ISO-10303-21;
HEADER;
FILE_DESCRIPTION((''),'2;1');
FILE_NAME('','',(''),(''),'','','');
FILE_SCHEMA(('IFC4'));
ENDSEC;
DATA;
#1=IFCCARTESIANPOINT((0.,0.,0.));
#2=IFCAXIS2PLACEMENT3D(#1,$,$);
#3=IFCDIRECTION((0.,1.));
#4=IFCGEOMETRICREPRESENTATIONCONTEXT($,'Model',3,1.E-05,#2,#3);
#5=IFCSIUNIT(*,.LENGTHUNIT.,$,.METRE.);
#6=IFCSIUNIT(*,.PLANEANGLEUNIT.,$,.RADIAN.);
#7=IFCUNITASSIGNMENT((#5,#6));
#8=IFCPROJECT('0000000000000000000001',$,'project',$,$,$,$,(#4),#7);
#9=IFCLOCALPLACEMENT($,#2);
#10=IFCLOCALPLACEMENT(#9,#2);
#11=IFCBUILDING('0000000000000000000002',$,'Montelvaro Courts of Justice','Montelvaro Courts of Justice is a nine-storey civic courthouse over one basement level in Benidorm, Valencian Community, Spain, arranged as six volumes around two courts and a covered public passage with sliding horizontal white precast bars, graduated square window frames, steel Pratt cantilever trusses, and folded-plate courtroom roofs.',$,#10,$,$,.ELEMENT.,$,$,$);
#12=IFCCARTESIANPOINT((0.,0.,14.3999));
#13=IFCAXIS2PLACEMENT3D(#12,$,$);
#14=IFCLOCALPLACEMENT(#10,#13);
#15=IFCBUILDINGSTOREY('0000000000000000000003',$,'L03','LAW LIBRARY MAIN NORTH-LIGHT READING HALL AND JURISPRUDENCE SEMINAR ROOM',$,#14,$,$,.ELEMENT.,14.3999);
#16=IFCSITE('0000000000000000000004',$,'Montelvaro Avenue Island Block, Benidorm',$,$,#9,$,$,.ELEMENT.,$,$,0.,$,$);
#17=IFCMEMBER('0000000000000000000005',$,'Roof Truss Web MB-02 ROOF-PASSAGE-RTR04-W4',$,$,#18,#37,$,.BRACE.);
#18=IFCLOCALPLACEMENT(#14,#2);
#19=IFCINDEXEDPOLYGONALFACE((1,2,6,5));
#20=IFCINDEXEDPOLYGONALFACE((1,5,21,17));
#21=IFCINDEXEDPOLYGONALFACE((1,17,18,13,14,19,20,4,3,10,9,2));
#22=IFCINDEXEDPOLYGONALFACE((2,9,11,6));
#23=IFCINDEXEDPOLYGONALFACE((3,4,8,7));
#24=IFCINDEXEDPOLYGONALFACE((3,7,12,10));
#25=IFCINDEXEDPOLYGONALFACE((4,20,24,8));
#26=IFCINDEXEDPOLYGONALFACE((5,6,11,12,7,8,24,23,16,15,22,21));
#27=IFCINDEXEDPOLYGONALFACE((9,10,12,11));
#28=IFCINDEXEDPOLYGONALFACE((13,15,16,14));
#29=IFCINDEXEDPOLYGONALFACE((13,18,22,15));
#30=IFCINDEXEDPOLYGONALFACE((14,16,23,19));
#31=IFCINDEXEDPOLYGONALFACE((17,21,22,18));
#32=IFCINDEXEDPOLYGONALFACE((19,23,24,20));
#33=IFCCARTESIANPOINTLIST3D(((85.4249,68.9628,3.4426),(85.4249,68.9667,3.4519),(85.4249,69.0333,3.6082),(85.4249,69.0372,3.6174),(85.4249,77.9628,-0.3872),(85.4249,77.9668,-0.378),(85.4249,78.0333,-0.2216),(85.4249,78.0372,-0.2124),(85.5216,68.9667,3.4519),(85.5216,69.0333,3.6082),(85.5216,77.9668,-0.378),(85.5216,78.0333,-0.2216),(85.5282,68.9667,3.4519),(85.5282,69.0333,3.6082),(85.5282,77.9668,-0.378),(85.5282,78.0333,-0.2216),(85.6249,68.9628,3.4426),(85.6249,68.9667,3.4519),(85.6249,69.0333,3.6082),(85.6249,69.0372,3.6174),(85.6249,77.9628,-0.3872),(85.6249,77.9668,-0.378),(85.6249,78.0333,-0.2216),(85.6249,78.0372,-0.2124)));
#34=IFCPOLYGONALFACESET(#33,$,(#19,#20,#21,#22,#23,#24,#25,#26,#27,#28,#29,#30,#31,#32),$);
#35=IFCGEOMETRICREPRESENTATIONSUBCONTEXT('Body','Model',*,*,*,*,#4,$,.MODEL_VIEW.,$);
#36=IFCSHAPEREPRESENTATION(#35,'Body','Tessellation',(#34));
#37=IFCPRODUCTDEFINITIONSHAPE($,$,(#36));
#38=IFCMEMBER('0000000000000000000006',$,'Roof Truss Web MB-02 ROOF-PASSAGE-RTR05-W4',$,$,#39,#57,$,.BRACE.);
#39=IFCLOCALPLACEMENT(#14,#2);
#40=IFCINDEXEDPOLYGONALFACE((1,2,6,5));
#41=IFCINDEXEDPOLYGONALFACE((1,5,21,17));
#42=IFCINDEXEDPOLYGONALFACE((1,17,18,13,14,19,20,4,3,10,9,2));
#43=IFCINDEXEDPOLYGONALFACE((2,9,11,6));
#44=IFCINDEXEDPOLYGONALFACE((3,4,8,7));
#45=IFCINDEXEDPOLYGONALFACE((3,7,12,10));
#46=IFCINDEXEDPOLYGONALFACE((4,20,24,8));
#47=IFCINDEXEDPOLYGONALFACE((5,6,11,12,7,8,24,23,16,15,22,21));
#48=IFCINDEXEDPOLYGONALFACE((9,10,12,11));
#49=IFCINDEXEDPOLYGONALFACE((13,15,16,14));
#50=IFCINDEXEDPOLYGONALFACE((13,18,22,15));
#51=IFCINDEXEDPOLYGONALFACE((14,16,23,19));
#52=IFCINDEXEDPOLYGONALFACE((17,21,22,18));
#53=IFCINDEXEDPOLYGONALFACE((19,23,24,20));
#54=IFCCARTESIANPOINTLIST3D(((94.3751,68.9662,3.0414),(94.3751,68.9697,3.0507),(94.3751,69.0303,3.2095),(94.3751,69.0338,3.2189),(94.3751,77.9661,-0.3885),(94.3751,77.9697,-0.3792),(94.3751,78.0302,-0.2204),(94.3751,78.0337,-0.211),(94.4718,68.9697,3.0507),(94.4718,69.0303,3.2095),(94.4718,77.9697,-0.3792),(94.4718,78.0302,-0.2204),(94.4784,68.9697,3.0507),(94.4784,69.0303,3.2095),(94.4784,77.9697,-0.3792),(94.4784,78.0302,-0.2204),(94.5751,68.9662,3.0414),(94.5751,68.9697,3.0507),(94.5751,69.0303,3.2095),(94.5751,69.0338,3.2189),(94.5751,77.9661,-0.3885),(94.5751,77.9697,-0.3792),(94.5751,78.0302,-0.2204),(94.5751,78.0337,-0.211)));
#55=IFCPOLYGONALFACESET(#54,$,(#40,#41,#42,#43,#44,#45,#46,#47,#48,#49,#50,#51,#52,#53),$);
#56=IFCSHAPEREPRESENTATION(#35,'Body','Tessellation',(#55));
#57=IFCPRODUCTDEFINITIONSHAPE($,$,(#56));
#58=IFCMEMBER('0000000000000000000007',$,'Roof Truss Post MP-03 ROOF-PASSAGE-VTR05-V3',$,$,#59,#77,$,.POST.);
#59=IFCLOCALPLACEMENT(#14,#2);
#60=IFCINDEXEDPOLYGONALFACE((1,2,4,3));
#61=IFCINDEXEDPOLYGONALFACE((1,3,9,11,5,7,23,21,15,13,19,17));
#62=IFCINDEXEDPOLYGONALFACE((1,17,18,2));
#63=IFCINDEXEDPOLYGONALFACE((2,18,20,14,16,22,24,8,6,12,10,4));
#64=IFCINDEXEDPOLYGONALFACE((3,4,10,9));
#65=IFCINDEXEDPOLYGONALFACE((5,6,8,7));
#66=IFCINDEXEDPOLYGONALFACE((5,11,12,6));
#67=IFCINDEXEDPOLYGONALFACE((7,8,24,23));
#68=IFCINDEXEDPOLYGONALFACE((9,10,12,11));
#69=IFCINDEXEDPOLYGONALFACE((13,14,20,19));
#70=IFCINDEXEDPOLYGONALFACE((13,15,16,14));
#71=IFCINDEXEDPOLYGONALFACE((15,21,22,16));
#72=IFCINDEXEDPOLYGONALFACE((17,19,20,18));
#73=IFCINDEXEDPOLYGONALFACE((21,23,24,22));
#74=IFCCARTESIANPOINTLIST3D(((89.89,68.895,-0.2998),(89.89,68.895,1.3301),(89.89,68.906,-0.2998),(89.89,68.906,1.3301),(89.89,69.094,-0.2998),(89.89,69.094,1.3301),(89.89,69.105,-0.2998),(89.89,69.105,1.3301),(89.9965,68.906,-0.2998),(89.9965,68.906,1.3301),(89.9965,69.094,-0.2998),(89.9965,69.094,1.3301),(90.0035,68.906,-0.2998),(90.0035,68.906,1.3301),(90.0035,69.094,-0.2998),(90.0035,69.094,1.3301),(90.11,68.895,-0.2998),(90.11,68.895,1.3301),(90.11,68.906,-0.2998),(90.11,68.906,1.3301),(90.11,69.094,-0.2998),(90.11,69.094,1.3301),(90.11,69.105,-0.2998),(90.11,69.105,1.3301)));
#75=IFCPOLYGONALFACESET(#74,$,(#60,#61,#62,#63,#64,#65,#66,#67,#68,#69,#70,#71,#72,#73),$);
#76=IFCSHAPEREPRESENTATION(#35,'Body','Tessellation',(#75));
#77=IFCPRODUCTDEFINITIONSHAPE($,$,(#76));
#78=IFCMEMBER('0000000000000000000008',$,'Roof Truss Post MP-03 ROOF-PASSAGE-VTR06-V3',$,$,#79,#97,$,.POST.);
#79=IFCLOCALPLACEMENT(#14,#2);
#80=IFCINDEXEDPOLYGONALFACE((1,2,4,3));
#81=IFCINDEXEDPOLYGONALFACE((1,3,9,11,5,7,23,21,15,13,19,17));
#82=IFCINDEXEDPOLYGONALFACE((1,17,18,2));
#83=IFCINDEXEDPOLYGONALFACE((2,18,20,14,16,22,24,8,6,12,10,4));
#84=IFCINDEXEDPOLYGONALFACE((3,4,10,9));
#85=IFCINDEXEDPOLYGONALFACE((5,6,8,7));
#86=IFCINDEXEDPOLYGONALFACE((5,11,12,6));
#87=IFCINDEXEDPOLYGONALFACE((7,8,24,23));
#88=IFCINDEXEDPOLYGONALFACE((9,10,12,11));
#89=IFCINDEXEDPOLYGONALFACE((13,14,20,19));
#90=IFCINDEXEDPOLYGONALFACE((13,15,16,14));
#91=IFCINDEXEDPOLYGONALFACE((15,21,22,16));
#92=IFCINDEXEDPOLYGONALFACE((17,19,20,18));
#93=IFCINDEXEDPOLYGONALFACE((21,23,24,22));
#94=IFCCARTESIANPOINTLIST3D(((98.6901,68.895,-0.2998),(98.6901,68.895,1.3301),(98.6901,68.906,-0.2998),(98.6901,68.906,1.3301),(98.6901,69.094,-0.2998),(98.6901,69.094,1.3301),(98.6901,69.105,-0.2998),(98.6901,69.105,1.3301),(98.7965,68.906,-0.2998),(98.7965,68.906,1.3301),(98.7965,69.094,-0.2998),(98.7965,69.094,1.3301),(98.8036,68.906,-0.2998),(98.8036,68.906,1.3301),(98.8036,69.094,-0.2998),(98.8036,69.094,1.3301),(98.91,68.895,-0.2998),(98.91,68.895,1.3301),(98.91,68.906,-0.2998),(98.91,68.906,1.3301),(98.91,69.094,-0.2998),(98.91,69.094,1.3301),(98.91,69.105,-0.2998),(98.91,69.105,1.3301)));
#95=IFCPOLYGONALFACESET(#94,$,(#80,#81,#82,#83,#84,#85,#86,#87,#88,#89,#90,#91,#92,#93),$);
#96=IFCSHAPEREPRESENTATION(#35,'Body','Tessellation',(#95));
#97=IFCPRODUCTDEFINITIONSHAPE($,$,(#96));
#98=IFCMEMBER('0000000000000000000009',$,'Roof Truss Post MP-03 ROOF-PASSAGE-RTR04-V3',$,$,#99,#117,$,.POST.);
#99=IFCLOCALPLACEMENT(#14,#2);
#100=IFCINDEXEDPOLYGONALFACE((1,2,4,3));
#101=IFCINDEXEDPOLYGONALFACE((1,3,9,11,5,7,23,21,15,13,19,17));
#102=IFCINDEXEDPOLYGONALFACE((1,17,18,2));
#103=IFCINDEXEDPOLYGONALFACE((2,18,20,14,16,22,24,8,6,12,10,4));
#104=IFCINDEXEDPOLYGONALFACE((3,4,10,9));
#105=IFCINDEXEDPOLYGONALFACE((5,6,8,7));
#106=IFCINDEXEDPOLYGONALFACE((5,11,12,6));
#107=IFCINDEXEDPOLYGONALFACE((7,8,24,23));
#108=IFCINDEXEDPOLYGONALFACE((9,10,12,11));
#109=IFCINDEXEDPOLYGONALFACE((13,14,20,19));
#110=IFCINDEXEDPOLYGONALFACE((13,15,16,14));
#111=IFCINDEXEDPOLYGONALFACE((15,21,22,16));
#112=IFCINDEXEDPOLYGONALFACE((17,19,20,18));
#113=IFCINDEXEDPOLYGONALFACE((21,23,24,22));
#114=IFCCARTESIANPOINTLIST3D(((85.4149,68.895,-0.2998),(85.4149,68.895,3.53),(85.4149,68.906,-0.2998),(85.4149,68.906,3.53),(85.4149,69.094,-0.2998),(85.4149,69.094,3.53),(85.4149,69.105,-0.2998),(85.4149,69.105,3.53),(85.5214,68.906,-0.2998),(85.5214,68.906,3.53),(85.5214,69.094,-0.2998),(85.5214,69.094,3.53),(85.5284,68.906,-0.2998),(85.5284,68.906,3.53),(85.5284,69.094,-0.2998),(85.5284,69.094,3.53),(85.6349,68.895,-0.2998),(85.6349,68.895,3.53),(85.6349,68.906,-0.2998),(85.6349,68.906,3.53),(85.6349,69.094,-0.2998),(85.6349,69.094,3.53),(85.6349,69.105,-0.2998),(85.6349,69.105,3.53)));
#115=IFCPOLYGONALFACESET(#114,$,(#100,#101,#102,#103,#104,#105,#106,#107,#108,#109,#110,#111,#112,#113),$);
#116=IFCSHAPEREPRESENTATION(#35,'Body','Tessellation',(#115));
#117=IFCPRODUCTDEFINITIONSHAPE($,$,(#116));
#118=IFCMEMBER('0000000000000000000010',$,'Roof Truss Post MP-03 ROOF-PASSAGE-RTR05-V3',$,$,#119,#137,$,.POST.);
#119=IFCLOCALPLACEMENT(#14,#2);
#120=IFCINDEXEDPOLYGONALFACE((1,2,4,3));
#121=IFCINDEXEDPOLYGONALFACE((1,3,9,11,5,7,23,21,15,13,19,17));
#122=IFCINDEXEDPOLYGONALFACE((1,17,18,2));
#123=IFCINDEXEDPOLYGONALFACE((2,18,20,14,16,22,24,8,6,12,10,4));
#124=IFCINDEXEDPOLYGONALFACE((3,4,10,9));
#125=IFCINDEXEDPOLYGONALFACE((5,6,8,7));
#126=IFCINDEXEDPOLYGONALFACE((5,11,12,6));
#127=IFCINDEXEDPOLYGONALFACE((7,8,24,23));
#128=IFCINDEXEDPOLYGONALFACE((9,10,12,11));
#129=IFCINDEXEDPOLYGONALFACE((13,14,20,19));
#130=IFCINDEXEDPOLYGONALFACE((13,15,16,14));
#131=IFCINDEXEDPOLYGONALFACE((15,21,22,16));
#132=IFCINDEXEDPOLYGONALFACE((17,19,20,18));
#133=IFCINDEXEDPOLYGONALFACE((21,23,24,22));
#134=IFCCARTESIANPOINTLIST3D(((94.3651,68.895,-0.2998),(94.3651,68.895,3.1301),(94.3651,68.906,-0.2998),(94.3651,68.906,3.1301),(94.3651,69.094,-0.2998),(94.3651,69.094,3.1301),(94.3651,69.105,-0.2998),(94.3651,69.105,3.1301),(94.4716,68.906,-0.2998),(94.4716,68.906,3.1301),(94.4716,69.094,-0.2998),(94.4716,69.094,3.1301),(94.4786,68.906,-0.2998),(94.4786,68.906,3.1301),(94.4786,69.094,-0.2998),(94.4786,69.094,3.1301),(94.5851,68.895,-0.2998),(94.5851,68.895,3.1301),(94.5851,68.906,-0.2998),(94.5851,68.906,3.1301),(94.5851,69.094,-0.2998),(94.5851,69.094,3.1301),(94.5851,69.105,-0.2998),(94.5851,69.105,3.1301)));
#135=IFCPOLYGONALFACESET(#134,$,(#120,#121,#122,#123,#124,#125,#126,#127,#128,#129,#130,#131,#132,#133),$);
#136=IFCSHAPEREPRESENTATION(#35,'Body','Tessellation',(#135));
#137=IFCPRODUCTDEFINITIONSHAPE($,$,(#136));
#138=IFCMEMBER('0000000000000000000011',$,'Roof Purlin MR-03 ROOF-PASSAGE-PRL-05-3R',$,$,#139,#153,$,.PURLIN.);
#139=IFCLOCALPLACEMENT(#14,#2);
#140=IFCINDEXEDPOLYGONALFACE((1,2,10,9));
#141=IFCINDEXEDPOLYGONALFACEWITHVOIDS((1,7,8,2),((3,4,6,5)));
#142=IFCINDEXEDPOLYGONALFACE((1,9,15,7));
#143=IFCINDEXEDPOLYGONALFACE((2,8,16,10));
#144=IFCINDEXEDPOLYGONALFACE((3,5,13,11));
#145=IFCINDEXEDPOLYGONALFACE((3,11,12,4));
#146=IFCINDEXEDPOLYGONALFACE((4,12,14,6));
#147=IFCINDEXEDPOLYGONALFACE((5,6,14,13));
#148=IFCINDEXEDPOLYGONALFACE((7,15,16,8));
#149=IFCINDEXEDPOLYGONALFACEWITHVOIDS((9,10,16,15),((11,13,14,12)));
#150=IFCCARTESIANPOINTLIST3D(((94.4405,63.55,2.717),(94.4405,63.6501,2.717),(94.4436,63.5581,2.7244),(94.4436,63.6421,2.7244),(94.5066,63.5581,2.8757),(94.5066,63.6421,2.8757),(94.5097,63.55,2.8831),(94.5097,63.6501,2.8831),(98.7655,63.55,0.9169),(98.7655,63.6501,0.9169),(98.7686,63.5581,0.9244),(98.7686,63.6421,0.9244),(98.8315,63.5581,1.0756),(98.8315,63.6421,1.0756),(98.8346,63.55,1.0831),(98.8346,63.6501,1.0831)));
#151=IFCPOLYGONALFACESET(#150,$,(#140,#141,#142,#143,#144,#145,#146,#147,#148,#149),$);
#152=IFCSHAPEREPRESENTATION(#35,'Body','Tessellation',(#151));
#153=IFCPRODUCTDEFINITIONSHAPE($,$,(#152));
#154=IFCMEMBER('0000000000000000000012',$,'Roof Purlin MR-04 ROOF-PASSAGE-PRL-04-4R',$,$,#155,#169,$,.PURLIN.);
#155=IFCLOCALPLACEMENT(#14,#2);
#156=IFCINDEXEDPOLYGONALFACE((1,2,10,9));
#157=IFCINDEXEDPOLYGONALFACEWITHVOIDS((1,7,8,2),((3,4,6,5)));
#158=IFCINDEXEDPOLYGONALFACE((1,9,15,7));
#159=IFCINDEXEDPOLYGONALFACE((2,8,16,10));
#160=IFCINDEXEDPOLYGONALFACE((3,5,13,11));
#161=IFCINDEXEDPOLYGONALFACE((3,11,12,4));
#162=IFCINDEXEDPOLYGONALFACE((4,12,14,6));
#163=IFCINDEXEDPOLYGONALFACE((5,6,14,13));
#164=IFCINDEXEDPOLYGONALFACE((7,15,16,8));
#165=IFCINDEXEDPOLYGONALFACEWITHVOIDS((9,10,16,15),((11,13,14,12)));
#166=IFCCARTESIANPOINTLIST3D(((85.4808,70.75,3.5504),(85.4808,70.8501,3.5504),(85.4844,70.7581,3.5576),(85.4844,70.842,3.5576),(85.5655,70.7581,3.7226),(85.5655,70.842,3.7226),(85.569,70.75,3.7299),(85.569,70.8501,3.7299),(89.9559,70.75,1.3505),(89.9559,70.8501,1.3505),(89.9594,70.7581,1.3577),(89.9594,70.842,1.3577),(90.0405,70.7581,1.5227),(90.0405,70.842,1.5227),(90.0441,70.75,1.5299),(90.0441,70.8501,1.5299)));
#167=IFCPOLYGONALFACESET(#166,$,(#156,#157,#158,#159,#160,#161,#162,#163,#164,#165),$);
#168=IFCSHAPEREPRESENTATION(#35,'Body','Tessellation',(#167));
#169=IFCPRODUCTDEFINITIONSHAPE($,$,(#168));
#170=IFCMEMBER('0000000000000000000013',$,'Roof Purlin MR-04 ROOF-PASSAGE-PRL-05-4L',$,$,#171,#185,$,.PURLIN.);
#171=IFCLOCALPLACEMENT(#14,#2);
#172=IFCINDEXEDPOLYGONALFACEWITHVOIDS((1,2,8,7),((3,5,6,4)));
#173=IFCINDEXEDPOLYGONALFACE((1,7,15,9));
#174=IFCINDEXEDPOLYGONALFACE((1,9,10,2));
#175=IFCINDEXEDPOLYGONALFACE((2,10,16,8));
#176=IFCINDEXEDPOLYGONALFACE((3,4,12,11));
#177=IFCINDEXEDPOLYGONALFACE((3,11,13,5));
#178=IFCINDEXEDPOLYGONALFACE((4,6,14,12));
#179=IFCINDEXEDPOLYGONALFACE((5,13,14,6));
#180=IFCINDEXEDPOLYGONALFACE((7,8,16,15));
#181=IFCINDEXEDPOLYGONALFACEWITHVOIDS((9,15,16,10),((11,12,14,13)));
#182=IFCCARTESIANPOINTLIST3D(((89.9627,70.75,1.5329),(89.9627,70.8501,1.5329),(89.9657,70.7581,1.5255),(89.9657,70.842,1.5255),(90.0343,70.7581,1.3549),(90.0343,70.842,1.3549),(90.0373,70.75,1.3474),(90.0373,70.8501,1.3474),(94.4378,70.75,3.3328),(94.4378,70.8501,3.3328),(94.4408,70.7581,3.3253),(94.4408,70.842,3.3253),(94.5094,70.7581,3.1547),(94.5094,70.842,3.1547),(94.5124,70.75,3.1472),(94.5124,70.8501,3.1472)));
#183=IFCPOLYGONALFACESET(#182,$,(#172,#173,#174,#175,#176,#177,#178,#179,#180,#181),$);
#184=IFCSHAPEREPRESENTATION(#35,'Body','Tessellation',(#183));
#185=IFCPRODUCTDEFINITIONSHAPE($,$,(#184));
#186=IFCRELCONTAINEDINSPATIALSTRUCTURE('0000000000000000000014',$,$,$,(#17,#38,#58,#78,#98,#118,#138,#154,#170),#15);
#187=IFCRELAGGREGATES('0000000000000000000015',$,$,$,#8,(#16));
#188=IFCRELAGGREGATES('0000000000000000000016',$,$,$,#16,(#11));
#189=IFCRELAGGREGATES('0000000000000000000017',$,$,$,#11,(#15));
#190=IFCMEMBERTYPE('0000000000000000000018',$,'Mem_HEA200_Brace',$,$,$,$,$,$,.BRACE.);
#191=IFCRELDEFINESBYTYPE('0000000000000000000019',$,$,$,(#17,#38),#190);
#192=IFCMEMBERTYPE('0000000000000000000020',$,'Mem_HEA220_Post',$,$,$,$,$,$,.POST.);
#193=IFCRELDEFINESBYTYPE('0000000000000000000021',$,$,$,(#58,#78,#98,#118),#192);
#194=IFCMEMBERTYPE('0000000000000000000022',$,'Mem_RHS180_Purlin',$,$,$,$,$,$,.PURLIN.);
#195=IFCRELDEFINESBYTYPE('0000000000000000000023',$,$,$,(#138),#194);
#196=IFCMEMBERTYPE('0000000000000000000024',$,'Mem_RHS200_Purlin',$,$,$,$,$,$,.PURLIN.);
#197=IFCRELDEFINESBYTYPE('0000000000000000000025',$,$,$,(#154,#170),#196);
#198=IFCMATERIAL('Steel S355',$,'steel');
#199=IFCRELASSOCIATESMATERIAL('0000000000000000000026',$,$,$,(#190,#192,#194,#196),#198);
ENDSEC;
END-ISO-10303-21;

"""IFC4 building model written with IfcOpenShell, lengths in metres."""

from ifc_helpers import new_model, si_unit, direction, frame, origin, origin_2d, place, context, subcontext, project, spatial, hollow_rectangle, i_section, extrude, material, material_profile, profile_set, type_object, element, save


model = new_model("IFC4")

# Units and contexts
model_context = context("Model", 3, precision=1e-05, world=origin(), true_north=direction((0.0, 1.0)))
body_context = subcontext(model_context, "Body", "Model", "MODEL_VIEW")
ifc_project = project(units=[si_unit("LENGTHUNIT", "METRE"), si_unit("PLANEANGLEUNIT", "RADIAN")], contexts=[model_context])

# Site, building, storey
site_placement = place(None, origin())
site = spatial("IfcSite", under=ifc_project, at=site_placement, Name="Montelvaro Avenue Island Block, Benidorm", CompositionType="ELEMENT", RefElevation=0.0)
building_placement = place(site_placement, origin())
building = spatial("IfcBuilding", under=site, at=building_placement, Name="Montelvaro Courts of Justice", Description="Montelvaro Courts of Justice is a nine-storey civic courthouse over one basement level in Benidorm, Valencian Community, Spain, arranged as six volumes around two courts and a covered public passage with sliding horizontal white precast bars, graduated square window frames, steel Pratt cantilever trusses, and folded-plate courtroom roofs.", CompositionType="ELEMENT")
storey_placement = place(building_placement, frame((0.0, 0.0, 14.3999)))
storey = spatial("IfcBuildingStorey", under=building, at=storey_placement, Name="L03", Description="LAW LIBRARY MAIN NORTH-LIGHT READING HALL AND JURISPRUDENCE SEMINAR ROOM", CompositionType="ELEMENT", Elevation=14.3999)

# Shared definitions
ifc_material_1 = material(Name="Steel S355", Category="steel")

# Members
ifc_material_profile_1 = material_profile(ifc_material_1, i_section(OverallWidth=0.2, OverallDepth=0.1899, WebThickness=0.0066, FlangeThickness=0.01, at=origin_2d()), Name="HEA 200")
ifc_profile_set_1 = profile_set([ifc_material_profile_1], Name="Steel S355")
member_type_1 = type_object("IfcMemberType", Name="Mem_HEA200_Brace", PredefinedType="BRACE", material=ifc_profile_set_1)
member_1_placement = place(storey_placement, frame((85.5249, 69.0, 3.53), z_axis=(0.0, 0.920153, -0.391559), x_axis=(-1.0, 0.0, 0.0)))
element("IfcMember", 1, at=member_1_placement, inside=storey, type_object=member_type_1, Name="Roof Truss Web MB-02 ROOF-PASSAGE-RTR04-W4", PredefinedType="BRACE", context=body_context, shape_type="SweptSolid", body=[
    extrude(i_section(OverallWidth=0.2, OverallDepth=0.1899, WebThickness=0.0066, FlangeThickness=0.01, at=origin_2d()), origin(), (0.0, 0.0, 1.0), 9.781),
])
member_2_placement = place(storey_placement, frame((94.4751, 69.0, 3.1301), z_axis=(0.0, 0.934441, -0.356119), x_axis=(-1.0, 0.0, 0.0)))
element("IfcMember", 2, at=member_2_placement, inside=storey, type_object=member_type_1, Name="Roof Truss Web MB-02 ROOF-PASSAGE-RTR05-W4", PredefinedType="BRACE", context=body_context, shape_type="SweptSolid", body=[
    extrude(i_section(OverallWidth=0.2, OverallDepth=0.1899, WebThickness=0.0066, FlangeThickness=0.01, at=origin_2d()), origin(), (0.0, 0.0, 1.0), 9.6313),
])
ifc_material_profile_2 = material_profile(ifc_material_1, i_section(OverallWidth=0.22, OverallDepth=0.21, WebThickness=0.0071, FlangeThickness=0.011, at=origin_2d()), Name="HEA 220")
ifc_profile_set_2 = profile_set([ifc_material_profile_2], Name="Steel S355")
member_type_2 = type_object("IfcMemberType", Name="Mem_HEA220_Post", PredefinedType="POST", material=ifc_profile_set_2)
for number, where, z_axis, x_axis, name in (
    (3, (90.0, 69.0, -0.2998), (0.0, 0.0, 1.0), (1.0, 0.0, 0.0), "Roof Truss Post MP-03 ROOF-PASSAGE-VTR05-V3"),
    (4, (98.8, 69.0, -0.2998), (0.0, 0.0, 1.0), (1.0, 0.0, 0.0), "Roof Truss Post MP-03 ROOF-PASSAGE-VTR06-V3"),
):
    element("IfcMember", number, at=place(storey_placement, frame(where, z_axis=z_axis, x_axis=x_axis)), inside=storey, type_object=member_type_2, Name=name, PredefinedType="POST", context=body_context, shape_type="SweptSolid", body=[
        extrude(i_section(OverallWidth=0.22, OverallDepth=0.21, WebThickness=0.0071, FlangeThickness=0.011, at=origin_2d()), origin(), (0.0, 0.0, 1.0), 1.6299),
    ])
member_3_placement = place(storey_placement, frame((85.5249, 69.0, -0.2998), z_axis=(0.0, 0.0, 1.0), x_axis=(1.0, 0.0, 0.0)))
element("IfcMember", 5, at=member_3_placement, inside=storey, type_object=member_type_2, Name="Roof Truss Post MP-03 ROOF-PASSAGE-RTR04-V3", PredefinedType="POST", context=body_context, shape_type="SweptSolid", body=[
    extrude(i_section(OverallWidth=0.22, OverallDepth=0.21, WebThickness=0.0071, FlangeThickness=0.011, at=origin_2d()), origin(), (0.0, 0.0, 1.0), 3.8298),
])
member_4_placement = place(storey_placement, frame((94.4751, 69.0, -0.2998), z_axis=(0.0, 0.0, 1.0), x_axis=(1.0, 0.0, 0.0)))
element("IfcMember", 6, at=member_4_placement, inside=storey, type_object=member_type_2, Name="Roof Truss Post MP-03 ROOF-PASSAGE-RTR05-V3", PredefinedType="POST", context=body_context, shape_type="SweptSolid", body=[
    extrude(i_section(OverallWidth=0.22, OverallDepth=0.21, WebThickness=0.0071, FlangeThickness=0.011, at=origin_2d()), origin(), (0.0, 0.0, 1.0), 3.4299),
])
ifc_material_profile_3 = material_profile(ifc_material_1, hollow_rectangle(XDim=0.1001, YDim=0.1799, WallThickness=0.0081, at=origin_2d()), Name="RHS 180x100x8")
ifc_profile_set_3 = profile_set([ifc_material_profile_3], Name="Steel S355")
member_type_3 = type_object("IfcMemberType", Name="Mem_RHS180_Purlin", PredefinedType="PURLIN", material=ifc_profile_set_3)
member_5_placement = place(storey_placement, frame((94.4751, 63.6001, 2.8), z_axis=(0.923229, 0.0, -0.384249), x_axis=(0.0, 1.0, 0.0)))
element("IfcMember", 7, at=member_5_placement, inside=storey, type_object=member_type_3, Name="Roof Purlin MR-03 ROOF-PASSAGE-PRL-05-3R", PredefinedType="PURLIN", context=body_context, shape_type="SweptSolid", body=[
    extrude(hollow_rectangle(XDim=0.1001, YDim=0.1799, WallThickness=0.0081, at=origin_2d()), origin(), (0.0, 0.0, 1.0), 4.6846),
])
ifc_material_profile_4 = material_profile(ifc_material_1, hollow_rectangle(XDim=0.1001, YDim=0.2, WallThickness=0.0081, at=origin_2d()), Name="RHS 200x100x8")
ifc_profile_set_4 = profile_set([ifc_material_profile_4], Name="Steel S355")
member_type_4 = type_object("IfcMemberType", Name="Mem_RHS200_Purlin", PredefinedType="PURLIN", material=ifc_profile_set_4)
member_6_placement = place(storey_placement, frame((85.5249, 70.8, 3.6401), z_axis=(0.897423, 0.0, -0.441172), x_axis=(0.0, 1.0, 0.0)))
element("IfcMember", 8, at=member_6_placement, inside=storey, type_object=member_type_4, Name="Roof Purlin MR-04 ROOF-PASSAGE-PRL-04-4R", PredefinedType="PURLIN", context=body_context, shape_type="SweptSolid", body=[
    extrude(hollow_rectangle(XDim=0.1001, YDim=0.2, WallThickness=0.0081, at=origin_2d()), origin(), (0.0, 0.0, 1.0), 4.9866),
])
member_7_placement = place(storey_placement, frame((90.0, 70.8, 1.4402), z_axis=(0.927777, 0.0, 0.373135), x_axis=(0.0, 1.0, 0.0)))
element("IfcMember", 9, at=member_7_placement, inside=storey, type_object=member_type_4, Name="Roof Purlin MR-04 ROOF-PASSAGE-PRL-05-4L", PredefinedType="PURLIN", context=body_context, shape_type="SweptSolid", body=[
    extrude(hollow_rectangle(XDim=0.1001, YDim=0.2, WallThickness=0.0081, at=origin_2d()), origin(), (0.0, 0.0, 1.0), 4.8235),
])

save(model, "model.ifc")
